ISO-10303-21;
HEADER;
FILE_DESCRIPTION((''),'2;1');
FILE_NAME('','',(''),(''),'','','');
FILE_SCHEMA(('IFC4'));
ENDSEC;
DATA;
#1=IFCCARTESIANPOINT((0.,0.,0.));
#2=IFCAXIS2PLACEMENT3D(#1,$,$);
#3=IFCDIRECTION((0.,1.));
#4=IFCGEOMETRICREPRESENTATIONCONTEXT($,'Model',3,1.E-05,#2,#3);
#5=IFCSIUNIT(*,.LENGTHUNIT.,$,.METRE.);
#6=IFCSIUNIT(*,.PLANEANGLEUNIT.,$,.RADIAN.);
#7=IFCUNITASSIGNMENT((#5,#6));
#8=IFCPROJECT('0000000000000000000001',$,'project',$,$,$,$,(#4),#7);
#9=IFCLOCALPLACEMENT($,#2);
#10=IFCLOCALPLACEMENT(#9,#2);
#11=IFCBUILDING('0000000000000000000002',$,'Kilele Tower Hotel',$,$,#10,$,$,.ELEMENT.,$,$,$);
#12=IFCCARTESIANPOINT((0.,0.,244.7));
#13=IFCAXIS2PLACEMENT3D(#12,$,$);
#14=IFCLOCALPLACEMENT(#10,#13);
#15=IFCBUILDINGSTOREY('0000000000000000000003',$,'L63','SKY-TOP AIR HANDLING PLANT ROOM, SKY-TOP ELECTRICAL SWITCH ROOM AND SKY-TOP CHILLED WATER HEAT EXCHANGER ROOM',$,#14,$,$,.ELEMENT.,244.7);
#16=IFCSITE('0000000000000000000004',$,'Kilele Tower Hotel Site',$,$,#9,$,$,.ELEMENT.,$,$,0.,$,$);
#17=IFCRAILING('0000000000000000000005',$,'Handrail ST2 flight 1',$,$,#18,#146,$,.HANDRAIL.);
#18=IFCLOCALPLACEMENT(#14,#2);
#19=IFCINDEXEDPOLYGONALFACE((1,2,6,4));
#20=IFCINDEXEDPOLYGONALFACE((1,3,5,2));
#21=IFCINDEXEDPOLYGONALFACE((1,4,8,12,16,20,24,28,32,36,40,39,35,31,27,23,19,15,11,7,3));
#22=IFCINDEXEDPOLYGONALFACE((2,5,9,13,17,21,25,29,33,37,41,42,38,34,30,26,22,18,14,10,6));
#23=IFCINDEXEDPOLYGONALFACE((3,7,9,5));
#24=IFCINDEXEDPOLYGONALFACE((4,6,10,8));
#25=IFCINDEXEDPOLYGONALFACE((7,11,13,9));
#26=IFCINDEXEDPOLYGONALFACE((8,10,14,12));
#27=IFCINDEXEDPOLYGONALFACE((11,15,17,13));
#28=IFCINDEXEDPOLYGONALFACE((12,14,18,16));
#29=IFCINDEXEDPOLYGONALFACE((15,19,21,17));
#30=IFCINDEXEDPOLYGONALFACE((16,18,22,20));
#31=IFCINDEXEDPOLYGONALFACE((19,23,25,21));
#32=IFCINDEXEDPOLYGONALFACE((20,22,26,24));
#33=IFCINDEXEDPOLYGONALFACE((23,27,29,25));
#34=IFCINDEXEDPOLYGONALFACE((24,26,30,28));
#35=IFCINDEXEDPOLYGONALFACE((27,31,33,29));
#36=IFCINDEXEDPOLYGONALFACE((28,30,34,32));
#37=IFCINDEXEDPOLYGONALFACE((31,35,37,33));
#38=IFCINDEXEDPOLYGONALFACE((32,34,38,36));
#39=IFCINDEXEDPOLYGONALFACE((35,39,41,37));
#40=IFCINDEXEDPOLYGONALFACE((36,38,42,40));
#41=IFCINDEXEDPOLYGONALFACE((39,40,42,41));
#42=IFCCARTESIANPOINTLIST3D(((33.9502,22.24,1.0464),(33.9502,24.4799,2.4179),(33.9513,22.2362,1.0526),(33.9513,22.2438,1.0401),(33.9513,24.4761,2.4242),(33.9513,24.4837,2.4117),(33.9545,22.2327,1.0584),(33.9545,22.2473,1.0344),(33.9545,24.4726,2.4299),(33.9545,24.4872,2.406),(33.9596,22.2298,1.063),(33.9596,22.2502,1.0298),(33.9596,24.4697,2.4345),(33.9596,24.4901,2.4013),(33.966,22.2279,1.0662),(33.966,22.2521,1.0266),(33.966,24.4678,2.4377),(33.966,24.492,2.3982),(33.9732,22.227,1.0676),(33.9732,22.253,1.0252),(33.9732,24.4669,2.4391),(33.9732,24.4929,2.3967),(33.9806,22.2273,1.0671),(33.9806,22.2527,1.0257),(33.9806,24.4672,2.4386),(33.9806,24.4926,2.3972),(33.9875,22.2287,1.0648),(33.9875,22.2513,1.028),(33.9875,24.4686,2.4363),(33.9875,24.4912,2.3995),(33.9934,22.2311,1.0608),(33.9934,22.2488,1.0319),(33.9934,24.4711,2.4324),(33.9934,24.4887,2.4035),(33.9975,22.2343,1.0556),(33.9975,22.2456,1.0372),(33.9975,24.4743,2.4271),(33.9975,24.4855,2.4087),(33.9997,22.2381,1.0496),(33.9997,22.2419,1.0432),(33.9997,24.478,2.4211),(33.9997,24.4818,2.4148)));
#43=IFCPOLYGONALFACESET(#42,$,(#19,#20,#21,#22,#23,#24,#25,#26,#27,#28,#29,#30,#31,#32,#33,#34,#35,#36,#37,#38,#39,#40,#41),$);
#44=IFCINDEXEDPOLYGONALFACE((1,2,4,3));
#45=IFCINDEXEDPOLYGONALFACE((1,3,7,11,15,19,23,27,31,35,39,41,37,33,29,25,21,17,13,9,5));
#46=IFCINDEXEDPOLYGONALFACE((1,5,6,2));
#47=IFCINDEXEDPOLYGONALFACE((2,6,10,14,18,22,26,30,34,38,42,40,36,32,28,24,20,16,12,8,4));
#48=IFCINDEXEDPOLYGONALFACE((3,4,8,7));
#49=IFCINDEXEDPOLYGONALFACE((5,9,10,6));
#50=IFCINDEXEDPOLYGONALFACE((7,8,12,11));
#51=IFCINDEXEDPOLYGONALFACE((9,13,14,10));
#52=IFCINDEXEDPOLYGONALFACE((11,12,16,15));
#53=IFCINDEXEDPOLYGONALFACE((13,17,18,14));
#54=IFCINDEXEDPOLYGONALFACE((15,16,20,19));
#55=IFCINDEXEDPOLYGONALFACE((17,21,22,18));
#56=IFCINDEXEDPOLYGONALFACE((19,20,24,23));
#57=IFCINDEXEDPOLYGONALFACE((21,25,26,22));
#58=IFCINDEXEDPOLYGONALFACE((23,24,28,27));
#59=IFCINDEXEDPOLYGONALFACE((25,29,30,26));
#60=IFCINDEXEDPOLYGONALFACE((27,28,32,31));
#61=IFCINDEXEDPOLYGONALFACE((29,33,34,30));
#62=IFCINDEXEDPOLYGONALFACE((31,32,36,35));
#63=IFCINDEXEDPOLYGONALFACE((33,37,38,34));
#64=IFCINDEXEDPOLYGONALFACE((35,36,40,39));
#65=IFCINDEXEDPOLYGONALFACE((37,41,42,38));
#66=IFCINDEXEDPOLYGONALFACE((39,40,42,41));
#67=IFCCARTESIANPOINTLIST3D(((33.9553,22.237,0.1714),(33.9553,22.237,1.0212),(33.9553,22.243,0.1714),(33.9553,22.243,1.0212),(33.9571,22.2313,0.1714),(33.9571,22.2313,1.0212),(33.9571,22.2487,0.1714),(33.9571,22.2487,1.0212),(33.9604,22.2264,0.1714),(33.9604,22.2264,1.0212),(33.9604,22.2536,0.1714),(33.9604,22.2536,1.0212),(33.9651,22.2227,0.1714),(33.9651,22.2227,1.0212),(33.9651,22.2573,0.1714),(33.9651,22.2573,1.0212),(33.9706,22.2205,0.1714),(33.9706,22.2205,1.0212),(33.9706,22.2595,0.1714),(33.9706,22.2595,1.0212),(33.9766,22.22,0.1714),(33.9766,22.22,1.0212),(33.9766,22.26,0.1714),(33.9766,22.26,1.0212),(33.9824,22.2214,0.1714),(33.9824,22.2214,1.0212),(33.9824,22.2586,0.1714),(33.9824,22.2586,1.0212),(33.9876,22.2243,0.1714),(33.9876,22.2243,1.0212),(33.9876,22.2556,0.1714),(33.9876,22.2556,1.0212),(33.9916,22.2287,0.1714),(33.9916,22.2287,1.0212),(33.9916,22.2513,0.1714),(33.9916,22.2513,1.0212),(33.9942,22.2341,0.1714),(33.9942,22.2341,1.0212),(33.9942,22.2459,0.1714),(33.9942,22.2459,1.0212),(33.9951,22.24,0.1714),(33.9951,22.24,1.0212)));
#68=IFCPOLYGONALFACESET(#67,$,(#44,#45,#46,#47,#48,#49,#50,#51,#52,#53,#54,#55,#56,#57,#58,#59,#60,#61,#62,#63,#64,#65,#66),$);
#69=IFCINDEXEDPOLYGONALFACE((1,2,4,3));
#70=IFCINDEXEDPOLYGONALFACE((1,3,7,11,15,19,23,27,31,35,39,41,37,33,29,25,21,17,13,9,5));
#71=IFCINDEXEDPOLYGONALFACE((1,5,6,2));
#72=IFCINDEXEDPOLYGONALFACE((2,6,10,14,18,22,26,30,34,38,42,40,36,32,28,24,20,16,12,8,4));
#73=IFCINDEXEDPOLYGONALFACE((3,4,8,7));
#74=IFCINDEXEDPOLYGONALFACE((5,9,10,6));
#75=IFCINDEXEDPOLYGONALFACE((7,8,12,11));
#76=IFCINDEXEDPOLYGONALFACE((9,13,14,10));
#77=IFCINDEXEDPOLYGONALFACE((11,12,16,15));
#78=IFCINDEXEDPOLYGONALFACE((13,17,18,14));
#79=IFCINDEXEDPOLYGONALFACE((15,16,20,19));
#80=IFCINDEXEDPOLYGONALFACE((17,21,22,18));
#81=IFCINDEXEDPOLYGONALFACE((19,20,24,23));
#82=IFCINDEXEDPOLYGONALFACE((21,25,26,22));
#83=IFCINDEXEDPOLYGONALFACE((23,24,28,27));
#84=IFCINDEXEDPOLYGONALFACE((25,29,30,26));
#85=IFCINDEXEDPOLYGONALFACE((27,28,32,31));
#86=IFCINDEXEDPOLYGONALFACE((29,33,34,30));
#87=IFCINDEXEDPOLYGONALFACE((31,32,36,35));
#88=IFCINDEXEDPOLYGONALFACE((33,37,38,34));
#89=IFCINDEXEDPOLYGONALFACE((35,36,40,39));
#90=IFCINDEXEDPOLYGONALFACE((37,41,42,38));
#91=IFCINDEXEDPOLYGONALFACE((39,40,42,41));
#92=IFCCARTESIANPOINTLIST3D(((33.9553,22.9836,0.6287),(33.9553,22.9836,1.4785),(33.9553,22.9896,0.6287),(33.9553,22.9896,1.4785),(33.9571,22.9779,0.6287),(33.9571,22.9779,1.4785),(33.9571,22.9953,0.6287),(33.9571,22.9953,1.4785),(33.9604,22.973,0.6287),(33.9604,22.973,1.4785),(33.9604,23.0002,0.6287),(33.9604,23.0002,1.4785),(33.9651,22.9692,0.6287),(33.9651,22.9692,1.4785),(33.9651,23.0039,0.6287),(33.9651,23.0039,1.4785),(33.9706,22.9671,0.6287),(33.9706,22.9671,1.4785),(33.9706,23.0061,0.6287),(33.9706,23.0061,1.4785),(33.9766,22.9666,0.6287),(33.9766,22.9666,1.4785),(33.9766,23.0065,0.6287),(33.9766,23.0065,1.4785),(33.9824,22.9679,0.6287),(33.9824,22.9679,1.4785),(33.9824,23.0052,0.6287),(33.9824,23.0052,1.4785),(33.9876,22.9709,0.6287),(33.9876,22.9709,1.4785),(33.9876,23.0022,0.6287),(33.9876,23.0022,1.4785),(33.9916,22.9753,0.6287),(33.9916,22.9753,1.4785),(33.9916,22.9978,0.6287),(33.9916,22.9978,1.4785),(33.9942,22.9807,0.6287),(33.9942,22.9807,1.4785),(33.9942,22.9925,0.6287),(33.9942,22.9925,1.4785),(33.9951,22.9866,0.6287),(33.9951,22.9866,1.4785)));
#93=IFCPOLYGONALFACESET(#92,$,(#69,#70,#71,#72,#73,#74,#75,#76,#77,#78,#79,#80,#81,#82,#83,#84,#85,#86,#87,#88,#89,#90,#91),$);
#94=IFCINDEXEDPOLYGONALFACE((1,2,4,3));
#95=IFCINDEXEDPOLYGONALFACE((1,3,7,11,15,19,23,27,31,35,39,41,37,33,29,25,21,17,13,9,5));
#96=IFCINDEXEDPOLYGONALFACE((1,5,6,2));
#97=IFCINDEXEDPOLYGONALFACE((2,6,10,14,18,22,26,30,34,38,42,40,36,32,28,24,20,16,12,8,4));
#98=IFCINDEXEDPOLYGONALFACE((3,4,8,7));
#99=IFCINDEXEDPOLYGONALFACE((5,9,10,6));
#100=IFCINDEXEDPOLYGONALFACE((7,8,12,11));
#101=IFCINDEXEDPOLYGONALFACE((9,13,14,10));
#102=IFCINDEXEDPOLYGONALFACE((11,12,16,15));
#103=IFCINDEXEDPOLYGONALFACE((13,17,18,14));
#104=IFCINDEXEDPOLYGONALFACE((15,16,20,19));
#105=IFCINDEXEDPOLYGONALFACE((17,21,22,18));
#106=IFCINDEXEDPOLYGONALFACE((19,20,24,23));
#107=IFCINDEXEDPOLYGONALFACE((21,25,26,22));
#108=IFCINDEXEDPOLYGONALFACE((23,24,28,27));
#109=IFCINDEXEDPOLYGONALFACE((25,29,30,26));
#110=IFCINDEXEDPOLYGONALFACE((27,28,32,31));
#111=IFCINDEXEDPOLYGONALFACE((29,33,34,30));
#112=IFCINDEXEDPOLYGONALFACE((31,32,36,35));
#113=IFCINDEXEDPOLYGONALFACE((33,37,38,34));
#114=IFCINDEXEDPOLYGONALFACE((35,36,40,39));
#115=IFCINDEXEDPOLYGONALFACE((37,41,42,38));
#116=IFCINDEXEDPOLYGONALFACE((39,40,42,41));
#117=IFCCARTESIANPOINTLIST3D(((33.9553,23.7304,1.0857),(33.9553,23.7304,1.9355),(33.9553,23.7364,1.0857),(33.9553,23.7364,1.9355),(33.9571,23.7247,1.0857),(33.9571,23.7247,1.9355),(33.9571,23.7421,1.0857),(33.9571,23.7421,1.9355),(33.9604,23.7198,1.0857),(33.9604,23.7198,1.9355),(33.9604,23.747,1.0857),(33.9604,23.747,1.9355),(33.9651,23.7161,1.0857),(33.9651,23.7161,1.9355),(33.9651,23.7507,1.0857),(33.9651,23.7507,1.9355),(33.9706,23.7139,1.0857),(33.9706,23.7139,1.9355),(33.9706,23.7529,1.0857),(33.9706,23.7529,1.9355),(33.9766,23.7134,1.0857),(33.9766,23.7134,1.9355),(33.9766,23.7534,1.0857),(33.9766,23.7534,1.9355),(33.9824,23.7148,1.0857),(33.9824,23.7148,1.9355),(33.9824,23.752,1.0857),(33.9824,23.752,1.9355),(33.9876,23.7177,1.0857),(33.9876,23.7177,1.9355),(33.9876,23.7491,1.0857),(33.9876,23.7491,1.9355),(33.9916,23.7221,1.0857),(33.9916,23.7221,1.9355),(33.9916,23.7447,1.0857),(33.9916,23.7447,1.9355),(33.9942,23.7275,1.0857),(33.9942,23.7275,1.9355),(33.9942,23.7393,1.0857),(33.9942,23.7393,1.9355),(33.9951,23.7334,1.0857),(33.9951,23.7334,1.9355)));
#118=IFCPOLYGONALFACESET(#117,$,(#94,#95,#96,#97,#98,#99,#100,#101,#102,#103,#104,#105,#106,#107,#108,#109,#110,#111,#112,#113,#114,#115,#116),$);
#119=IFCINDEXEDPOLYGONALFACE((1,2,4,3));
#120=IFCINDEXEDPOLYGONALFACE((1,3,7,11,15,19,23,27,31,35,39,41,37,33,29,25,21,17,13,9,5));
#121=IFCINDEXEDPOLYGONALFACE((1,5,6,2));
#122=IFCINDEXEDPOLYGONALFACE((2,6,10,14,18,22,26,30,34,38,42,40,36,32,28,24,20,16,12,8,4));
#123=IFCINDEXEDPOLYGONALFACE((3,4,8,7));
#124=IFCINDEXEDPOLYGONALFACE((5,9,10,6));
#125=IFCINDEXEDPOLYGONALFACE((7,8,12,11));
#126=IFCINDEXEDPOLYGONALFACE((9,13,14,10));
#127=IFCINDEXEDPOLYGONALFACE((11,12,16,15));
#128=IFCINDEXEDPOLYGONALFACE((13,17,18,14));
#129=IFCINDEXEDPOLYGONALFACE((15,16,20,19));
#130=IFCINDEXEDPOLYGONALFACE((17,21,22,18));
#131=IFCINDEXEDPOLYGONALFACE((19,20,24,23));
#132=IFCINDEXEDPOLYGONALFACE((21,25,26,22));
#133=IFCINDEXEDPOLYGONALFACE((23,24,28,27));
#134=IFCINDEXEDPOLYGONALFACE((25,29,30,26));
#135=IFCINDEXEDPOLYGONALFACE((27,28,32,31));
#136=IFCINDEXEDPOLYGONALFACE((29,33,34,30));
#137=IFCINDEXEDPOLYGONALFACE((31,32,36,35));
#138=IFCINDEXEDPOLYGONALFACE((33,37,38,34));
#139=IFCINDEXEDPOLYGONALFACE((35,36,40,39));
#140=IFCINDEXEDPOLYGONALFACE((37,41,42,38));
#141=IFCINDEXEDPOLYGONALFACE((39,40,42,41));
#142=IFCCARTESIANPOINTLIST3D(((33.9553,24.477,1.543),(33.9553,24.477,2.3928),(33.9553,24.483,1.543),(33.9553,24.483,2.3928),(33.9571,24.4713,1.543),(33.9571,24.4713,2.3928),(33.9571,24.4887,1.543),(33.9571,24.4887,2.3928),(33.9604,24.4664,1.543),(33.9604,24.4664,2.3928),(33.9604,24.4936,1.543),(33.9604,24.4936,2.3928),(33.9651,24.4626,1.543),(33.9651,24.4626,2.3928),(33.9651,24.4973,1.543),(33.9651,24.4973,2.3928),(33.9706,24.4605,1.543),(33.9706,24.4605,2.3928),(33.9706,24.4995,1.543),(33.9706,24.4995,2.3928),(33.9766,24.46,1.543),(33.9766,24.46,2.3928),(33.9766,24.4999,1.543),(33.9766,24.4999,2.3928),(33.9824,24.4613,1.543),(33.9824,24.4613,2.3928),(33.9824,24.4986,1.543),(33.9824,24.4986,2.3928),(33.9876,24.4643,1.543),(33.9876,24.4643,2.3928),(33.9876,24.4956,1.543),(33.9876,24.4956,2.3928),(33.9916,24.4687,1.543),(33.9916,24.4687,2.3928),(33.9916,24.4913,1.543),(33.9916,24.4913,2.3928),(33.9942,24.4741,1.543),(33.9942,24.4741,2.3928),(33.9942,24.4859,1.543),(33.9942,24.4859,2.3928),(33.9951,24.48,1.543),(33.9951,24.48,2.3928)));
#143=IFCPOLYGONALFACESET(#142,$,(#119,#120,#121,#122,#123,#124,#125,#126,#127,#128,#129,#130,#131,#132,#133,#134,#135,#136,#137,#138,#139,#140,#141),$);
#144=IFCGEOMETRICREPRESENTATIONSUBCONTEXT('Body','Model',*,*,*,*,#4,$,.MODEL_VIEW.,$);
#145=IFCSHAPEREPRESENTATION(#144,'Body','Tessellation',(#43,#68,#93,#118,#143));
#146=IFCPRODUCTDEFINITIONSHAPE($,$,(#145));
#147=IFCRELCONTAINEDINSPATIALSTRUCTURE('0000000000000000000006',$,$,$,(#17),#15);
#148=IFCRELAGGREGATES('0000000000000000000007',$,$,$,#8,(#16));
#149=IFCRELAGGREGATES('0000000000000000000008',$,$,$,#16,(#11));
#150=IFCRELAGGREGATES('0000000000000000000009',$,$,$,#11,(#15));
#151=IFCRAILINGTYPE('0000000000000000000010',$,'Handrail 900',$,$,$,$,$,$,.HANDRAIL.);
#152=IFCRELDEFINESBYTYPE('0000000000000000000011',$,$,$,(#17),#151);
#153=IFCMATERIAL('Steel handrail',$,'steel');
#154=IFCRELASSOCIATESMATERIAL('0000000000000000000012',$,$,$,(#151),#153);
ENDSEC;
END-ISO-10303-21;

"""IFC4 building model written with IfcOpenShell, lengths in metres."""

from ifc_helpers import new_model, si_unit, direction, frame, origin, origin_2d, place, context, subcontext, project, spatial, circle, extrude, material, type_object, element, save


model = new_model("IFC4")

# Units and contexts
model_context = context("Model", 3, precision=1e-05, world=origin(), true_north=direction((0.0, 1.0)))
body_context = subcontext(model_context, "Body", "Model", "MODEL_VIEW")
ifc_project = project(units=[si_unit("LENGTHUNIT", "METRE"), si_unit("PLANEANGLEUNIT", "RADIAN")], contexts=[model_context])

# Site, building, storey
site_placement = place(None, origin())
site = spatial("IfcSite", under=ifc_project, at=site_placement, Name="Kilele Tower Hotel Site", CompositionType="ELEMENT", RefElevation=0.0)
building_placement = place(site_placement, origin())
building = spatial("IfcBuilding", under=site, at=building_placement, Name="Kilele Tower Hotel", CompositionType="ELEMENT")
storey_placement = place(building_placement, frame((0.0, 0.0, 244.7)))
storey = spatial("IfcBuildingStorey", under=building, at=storey_placement, Name="L63", Description="SKY-TOP AIR HANDLING PLANT ROOM, SKY-TOP ELECTRICAL SWITCH ROOM AND SKY-TOP CHILLED WATER HEAT EXCHANGER ROOM", CompositionType="ELEMENT", Elevation=244.7)

# Railing
ifc_material_1 = material(Name="Steel handrail", Category="steel")
railing_type_1 = type_object("IfcRailingType", Name="Handrail 900", PredefinedType="HANDRAIL", material=ifc_material_1)
for number, where, name in (
    (1, (33.9751, 22.24, 0.1714), "Handrail ST2 flight 1"),
):
    element("IfcRailing", number, at=place(storey_placement, frame(where)), inside=storey, type_object=railing_type_1, Name=name, PredefinedType="HANDRAIL", context=body_context, shape_type="SweptSolid", body=[
        extrude(circle(Radius=0.0249, at=origin_2d()), frame((0.0, 0.0, 0.875), z_axis=(0.0, 0.852824, 0.522198), x_axis=(-1.0, 0.0, 0.0)), (0.0, 0.0, 1.0), 2.6265),
        extrude(circle(Radius=0.02, at=origin_2d()), origin(), (0.0, 0.0, 1.0), 0.8499),
        extrude(circle(Radius=0.02, at=origin_2d()), frame((0.0, 0.7466, 0.4573)), (0.0, 0.0, 1.0), 0.8499),
        extrude(circle(Radius=0.02, at=origin_2d()), frame((0.0, 1.4934, 0.9143)), (0.0, 0.0, 1.0), 0.8499),
        extrude(circle(Radius=0.02, at=origin_2d()), frame((0.0, 2.24, 1.3716)), (0.0, 0.0, 1.0), 0.8499),
    ])

save(model, "model.ifc")
